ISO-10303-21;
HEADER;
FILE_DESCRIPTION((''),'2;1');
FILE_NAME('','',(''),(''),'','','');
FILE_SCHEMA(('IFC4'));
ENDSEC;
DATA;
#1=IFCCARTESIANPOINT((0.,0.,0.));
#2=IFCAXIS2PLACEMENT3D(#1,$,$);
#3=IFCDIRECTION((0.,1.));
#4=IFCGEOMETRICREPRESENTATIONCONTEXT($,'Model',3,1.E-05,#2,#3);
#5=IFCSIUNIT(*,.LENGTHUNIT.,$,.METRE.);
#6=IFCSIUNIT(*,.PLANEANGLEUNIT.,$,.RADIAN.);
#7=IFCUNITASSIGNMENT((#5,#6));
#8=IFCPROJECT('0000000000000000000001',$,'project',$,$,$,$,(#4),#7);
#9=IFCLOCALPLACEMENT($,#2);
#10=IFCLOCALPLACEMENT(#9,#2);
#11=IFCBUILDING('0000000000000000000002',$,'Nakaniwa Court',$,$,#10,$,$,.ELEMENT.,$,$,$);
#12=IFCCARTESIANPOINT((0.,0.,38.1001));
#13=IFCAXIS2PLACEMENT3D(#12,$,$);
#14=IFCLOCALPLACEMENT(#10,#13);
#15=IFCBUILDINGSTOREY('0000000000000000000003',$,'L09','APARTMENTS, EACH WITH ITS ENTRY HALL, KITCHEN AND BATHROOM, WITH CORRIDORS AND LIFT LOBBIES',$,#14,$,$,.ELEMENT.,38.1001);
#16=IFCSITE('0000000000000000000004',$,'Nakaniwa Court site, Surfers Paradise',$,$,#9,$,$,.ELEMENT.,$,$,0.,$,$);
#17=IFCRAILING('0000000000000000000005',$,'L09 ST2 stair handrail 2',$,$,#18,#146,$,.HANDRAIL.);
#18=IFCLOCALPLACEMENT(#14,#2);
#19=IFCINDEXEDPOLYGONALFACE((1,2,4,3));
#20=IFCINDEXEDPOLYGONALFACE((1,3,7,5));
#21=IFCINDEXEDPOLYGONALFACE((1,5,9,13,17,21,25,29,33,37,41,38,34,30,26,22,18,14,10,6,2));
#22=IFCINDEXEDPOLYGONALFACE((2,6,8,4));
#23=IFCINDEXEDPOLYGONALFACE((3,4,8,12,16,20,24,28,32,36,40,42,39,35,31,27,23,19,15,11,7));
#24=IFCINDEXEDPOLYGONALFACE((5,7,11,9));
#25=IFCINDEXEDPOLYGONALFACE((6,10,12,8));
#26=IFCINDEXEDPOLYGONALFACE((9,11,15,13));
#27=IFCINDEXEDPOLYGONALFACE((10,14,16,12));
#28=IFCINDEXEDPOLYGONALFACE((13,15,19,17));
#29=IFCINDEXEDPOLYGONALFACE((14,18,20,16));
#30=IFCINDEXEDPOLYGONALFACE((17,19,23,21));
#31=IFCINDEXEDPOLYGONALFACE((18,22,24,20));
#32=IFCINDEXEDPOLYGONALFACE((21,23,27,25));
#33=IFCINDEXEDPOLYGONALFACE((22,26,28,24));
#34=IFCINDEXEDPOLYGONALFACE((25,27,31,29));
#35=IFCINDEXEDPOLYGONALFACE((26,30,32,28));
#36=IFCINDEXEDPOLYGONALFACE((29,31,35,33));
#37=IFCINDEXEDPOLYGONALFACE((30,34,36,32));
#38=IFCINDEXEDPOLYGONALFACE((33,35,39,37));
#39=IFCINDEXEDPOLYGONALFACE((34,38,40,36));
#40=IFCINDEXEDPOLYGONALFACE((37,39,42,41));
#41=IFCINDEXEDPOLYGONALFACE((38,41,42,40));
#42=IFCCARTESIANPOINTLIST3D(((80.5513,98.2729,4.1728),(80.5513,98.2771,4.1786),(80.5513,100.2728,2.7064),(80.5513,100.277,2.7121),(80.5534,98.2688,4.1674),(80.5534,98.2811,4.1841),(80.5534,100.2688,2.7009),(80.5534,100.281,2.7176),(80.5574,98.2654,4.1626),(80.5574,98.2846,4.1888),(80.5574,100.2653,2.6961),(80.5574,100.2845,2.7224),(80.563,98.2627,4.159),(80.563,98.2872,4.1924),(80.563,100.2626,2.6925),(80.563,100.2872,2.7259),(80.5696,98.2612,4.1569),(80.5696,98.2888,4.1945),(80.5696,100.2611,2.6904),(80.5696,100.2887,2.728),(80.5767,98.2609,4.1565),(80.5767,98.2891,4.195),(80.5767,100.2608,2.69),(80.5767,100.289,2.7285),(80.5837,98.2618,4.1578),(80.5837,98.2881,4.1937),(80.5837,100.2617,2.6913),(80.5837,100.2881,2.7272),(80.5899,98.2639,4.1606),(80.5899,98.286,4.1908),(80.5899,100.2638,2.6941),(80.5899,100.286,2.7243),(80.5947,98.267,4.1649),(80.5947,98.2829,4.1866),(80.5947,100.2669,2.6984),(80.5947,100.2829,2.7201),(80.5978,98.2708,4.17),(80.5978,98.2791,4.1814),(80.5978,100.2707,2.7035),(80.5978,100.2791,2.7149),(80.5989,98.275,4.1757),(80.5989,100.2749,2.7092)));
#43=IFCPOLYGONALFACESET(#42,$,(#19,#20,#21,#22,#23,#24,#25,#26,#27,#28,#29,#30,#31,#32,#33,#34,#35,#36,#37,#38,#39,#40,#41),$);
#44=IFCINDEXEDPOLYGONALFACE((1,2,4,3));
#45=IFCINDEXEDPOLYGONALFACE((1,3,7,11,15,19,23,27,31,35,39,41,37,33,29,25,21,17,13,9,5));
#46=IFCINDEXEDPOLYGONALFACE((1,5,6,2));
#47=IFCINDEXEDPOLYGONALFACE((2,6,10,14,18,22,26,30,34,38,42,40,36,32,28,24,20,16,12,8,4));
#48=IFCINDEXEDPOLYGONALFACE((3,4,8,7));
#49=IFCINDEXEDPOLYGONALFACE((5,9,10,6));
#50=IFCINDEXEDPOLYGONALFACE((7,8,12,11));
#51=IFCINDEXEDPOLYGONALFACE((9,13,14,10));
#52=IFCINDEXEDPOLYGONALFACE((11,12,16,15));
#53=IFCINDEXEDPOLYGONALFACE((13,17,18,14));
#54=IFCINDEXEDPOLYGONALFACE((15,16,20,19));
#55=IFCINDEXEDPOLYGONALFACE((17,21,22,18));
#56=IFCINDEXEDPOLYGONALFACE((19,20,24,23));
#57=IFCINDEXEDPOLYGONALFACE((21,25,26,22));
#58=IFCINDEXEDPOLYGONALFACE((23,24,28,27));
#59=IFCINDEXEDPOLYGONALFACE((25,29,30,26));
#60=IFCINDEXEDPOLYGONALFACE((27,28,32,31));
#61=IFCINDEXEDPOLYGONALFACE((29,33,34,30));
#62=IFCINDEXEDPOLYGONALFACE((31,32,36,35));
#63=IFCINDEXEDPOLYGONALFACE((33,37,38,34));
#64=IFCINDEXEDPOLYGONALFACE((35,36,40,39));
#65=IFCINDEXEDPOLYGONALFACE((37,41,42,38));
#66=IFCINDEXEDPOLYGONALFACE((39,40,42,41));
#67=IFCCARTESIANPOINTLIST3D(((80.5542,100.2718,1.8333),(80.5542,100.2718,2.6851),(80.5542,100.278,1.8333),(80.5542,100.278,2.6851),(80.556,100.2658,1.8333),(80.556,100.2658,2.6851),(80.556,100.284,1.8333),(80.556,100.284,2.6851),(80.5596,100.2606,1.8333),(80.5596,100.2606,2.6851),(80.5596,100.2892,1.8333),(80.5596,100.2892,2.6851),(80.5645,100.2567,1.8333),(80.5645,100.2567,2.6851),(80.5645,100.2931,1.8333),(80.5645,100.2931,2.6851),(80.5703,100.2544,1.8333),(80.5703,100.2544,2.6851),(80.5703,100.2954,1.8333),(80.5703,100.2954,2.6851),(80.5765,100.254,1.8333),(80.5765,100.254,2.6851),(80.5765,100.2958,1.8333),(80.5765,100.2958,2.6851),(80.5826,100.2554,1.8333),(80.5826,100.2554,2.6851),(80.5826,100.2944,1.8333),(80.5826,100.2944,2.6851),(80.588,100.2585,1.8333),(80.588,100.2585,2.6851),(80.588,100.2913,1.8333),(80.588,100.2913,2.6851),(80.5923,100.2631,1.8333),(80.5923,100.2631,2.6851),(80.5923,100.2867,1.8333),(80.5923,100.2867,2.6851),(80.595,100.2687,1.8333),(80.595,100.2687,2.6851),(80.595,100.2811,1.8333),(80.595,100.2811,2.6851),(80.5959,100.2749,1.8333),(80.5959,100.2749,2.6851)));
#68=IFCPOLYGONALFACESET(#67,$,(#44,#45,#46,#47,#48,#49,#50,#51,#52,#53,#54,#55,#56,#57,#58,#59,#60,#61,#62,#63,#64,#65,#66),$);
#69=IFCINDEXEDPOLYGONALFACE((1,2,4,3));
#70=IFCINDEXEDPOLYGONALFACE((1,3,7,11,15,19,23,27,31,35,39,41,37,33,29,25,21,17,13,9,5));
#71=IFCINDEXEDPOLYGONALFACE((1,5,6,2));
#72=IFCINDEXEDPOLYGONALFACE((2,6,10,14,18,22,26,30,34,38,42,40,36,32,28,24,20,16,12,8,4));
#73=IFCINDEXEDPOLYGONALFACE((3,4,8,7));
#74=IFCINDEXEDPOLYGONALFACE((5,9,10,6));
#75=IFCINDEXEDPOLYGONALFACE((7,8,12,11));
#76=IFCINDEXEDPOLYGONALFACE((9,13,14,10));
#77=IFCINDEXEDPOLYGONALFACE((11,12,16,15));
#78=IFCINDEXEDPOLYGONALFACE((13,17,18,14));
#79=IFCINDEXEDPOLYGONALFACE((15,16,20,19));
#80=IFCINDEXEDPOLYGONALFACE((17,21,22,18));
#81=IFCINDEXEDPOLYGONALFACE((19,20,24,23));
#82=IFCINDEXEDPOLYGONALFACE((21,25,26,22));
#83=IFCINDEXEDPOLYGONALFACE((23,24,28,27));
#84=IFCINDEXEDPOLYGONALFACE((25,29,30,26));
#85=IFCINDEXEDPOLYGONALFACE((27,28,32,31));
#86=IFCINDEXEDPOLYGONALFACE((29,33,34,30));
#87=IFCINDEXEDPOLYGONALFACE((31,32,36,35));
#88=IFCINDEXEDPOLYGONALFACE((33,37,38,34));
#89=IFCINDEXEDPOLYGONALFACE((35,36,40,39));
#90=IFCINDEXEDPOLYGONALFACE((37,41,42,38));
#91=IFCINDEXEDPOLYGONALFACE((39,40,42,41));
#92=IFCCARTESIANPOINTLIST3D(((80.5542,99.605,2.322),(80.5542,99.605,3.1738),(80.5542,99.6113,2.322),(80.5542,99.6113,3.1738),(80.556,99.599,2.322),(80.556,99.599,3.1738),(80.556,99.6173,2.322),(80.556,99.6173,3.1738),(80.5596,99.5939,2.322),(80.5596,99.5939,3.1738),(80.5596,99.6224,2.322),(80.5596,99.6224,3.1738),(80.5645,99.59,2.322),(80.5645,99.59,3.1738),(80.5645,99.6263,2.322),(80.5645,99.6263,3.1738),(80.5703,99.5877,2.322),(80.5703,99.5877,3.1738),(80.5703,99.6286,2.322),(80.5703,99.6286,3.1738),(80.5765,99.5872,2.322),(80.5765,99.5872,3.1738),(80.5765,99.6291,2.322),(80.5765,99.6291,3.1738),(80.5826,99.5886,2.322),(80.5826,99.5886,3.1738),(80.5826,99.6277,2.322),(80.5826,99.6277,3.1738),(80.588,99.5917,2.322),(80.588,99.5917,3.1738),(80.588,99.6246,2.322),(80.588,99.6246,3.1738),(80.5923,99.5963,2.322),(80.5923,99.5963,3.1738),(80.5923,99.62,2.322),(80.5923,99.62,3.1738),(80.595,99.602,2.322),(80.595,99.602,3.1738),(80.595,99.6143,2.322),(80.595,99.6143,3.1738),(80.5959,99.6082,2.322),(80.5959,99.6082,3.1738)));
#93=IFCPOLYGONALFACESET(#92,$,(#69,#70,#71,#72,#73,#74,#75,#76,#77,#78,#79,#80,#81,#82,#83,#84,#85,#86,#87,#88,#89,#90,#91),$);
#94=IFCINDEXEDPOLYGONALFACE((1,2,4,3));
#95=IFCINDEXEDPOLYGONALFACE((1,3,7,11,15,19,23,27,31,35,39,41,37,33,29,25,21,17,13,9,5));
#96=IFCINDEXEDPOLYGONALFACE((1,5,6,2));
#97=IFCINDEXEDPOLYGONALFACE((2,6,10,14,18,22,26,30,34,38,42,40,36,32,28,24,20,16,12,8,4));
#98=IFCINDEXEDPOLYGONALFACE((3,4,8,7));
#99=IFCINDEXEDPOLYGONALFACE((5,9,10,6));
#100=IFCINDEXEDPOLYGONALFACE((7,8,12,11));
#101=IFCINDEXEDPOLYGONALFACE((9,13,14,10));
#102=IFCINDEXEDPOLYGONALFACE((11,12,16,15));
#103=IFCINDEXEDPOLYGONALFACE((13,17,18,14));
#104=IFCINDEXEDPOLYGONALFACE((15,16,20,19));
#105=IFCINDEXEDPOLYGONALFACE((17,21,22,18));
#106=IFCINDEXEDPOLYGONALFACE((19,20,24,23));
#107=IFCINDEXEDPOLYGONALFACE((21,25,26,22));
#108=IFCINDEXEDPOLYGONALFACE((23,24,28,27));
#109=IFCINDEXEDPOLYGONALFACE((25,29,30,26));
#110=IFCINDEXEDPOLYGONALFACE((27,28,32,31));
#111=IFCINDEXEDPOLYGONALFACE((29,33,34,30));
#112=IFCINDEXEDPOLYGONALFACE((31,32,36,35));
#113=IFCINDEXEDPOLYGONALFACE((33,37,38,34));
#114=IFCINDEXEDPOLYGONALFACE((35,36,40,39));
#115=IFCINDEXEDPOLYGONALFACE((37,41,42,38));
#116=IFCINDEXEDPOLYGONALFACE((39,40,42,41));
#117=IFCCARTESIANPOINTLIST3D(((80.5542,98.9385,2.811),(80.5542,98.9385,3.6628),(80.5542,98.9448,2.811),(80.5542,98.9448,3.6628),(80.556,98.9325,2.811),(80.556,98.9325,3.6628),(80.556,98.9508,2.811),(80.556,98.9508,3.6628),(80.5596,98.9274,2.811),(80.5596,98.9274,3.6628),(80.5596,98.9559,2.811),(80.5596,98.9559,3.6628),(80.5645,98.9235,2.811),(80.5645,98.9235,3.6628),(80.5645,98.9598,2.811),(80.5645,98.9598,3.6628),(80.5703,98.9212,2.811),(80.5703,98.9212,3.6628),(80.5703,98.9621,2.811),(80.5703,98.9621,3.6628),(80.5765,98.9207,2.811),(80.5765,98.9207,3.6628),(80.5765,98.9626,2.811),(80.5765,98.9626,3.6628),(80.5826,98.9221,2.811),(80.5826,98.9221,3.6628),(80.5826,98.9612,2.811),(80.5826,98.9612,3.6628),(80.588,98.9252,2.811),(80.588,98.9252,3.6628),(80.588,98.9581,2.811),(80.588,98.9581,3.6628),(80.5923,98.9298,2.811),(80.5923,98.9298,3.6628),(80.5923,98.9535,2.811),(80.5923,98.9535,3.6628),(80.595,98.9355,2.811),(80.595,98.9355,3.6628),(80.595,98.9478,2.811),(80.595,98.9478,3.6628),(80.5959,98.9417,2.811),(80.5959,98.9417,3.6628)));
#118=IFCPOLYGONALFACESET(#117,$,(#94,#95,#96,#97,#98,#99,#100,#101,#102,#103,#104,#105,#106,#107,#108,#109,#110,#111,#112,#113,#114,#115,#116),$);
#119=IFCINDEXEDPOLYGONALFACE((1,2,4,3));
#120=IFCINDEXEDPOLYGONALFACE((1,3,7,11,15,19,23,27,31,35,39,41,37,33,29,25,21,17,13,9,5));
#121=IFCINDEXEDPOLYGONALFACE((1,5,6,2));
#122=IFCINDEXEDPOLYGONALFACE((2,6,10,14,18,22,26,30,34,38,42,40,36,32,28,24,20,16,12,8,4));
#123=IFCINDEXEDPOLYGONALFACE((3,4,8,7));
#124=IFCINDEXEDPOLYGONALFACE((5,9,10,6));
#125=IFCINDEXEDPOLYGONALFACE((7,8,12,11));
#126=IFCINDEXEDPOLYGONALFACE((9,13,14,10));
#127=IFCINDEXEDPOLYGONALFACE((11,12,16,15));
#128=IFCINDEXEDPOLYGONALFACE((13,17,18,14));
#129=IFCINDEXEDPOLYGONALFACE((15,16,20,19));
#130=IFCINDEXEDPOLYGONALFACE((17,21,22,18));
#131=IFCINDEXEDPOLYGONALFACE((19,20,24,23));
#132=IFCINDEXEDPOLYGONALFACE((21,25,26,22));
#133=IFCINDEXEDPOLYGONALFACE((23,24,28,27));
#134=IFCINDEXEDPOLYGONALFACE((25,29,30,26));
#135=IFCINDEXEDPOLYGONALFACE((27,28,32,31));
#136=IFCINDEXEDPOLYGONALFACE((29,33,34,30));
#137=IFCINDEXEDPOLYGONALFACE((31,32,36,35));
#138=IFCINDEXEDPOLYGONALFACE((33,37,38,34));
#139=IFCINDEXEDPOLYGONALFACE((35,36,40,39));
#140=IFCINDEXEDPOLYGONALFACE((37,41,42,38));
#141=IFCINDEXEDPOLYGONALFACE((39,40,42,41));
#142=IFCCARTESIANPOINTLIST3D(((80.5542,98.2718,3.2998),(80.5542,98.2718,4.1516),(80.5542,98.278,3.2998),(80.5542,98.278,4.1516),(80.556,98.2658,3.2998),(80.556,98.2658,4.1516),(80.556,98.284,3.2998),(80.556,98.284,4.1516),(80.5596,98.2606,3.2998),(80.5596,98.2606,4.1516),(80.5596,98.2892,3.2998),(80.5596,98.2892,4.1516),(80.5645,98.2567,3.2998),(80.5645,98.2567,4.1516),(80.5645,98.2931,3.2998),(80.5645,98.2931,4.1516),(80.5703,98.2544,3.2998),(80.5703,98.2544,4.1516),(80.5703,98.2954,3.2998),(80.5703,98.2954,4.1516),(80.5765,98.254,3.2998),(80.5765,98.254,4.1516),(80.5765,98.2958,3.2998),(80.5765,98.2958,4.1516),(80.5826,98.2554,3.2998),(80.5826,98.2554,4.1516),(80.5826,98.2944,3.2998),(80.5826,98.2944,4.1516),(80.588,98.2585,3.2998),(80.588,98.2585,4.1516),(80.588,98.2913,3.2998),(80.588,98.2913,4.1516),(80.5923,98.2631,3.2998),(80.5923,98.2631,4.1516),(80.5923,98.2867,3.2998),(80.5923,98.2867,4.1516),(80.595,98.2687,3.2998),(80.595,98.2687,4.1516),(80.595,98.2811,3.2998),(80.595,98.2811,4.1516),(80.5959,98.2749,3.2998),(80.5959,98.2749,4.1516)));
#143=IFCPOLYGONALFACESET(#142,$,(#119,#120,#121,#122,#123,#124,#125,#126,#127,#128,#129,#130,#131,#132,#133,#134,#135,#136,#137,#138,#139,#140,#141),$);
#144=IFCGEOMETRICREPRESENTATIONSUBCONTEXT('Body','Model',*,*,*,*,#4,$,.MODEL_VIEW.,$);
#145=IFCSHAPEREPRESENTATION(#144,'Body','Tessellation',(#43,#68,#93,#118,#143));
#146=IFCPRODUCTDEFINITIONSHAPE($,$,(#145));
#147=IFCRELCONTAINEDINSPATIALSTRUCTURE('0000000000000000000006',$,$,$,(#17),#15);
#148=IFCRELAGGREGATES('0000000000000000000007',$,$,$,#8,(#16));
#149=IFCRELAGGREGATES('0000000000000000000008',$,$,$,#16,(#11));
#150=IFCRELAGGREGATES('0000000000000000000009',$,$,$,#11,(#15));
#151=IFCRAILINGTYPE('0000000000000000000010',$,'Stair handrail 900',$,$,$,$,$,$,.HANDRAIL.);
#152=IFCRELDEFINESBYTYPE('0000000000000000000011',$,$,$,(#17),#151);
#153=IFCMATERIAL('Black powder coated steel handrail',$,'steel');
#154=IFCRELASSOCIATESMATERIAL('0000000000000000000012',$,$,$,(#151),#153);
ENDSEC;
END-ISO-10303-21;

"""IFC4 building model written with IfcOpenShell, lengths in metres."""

from ifc_helpers import new_model, si_unit, direction, frame, origin, origin_2d, place, context, subcontext, project, spatial, circle, extrude, material, type_object, element, save


model = new_model("IFC4")

# Units and contexts
model_context = context("Model", 3, precision=1e-05, world=origin(), true_north=direction((0.0, 1.0)))
body_context = subcontext(model_context, "Body", "Model", "MODEL_VIEW")
ifc_project = project(units=[si_unit("LENGTHUNIT", "METRE"), si_unit("PLANEANGLEUNIT", "RADIAN")], contexts=[model_context])

# Site, building, storey
site_placement = place(None, origin())
site = spatial("IfcSite", under=ifc_project, at=site_placement, Name="Nakaniwa Court site, Surfers Paradise", CompositionType="ELEMENT", RefElevation=0.0)
building_placement = place(site_placement, origin())
building = spatial("IfcBuilding", under=site, at=building_placement, Name="Nakaniwa Court", CompositionType="ELEMENT")
storey_placement = place(building_placement, frame((0.0, 0.0, 38.1001)))
storey = spatial("IfcBuildingStorey", under=building, at=storey_placement, Name="L09", Description="APARTMENTS, EACH WITH ITS ENTRY HALL, KITCHEN AND BATHROOM, WITH CORRIDORS AND LIFT LOBBIES", CompositionType="ELEMENT", Elevation=38.1001)

# Railing
ifc_material_1 = material(Name="Black powder coated steel handrail", Category="steel")
railing_type_1 = type_object("IfcRailingType", Name="Stair handrail 900", PredefinedType="HANDRAIL", material=ifc_material_1)
railing_1_placement = place(storey_placement, frame((80.575, 100.2749, 1.8333)))
element("IfcRailing", 1, at=railing_1_placement, inside=storey, type_object=railing_type_1, Name="L09 ST2 stair handrail 2", PredefinedType="HANDRAIL", context=body_context, shape_type="SweptSolid", body=[
    extrude(circle(Radius=0.0239, at=origin_2d()), frame((0.0, 0.0, 0.876), z_axis=(0.0, -0.806427, 0.591334), x_axis=(1.0, 0.0, 0.0)), (0.0, 0.0, 1.0), 2.48),
    extrude(circle(Radius=0.021, at=origin_2d()), origin(), (0.0, 0.0, 1.0), 0.8518),
    extrude(circle(Radius=0.021, at=origin_2d()), frame((0.0, -0.6667, 0.4888)), (0.0, 0.0, 1.0), 0.8518),
    extrude(circle(Radius=0.021, at=origin_2d()), frame((0.0, -1.3333, 0.9778)), (0.0, 0.0, 1.0), 0.8518),
    extrude(circle(Radius=0.021, at=origin_2d()), frame((0.0, -2.0, 1.4666)), (0.0, 0.0, 1.0), 0.8518),
])

save(model, "model.ifc")
